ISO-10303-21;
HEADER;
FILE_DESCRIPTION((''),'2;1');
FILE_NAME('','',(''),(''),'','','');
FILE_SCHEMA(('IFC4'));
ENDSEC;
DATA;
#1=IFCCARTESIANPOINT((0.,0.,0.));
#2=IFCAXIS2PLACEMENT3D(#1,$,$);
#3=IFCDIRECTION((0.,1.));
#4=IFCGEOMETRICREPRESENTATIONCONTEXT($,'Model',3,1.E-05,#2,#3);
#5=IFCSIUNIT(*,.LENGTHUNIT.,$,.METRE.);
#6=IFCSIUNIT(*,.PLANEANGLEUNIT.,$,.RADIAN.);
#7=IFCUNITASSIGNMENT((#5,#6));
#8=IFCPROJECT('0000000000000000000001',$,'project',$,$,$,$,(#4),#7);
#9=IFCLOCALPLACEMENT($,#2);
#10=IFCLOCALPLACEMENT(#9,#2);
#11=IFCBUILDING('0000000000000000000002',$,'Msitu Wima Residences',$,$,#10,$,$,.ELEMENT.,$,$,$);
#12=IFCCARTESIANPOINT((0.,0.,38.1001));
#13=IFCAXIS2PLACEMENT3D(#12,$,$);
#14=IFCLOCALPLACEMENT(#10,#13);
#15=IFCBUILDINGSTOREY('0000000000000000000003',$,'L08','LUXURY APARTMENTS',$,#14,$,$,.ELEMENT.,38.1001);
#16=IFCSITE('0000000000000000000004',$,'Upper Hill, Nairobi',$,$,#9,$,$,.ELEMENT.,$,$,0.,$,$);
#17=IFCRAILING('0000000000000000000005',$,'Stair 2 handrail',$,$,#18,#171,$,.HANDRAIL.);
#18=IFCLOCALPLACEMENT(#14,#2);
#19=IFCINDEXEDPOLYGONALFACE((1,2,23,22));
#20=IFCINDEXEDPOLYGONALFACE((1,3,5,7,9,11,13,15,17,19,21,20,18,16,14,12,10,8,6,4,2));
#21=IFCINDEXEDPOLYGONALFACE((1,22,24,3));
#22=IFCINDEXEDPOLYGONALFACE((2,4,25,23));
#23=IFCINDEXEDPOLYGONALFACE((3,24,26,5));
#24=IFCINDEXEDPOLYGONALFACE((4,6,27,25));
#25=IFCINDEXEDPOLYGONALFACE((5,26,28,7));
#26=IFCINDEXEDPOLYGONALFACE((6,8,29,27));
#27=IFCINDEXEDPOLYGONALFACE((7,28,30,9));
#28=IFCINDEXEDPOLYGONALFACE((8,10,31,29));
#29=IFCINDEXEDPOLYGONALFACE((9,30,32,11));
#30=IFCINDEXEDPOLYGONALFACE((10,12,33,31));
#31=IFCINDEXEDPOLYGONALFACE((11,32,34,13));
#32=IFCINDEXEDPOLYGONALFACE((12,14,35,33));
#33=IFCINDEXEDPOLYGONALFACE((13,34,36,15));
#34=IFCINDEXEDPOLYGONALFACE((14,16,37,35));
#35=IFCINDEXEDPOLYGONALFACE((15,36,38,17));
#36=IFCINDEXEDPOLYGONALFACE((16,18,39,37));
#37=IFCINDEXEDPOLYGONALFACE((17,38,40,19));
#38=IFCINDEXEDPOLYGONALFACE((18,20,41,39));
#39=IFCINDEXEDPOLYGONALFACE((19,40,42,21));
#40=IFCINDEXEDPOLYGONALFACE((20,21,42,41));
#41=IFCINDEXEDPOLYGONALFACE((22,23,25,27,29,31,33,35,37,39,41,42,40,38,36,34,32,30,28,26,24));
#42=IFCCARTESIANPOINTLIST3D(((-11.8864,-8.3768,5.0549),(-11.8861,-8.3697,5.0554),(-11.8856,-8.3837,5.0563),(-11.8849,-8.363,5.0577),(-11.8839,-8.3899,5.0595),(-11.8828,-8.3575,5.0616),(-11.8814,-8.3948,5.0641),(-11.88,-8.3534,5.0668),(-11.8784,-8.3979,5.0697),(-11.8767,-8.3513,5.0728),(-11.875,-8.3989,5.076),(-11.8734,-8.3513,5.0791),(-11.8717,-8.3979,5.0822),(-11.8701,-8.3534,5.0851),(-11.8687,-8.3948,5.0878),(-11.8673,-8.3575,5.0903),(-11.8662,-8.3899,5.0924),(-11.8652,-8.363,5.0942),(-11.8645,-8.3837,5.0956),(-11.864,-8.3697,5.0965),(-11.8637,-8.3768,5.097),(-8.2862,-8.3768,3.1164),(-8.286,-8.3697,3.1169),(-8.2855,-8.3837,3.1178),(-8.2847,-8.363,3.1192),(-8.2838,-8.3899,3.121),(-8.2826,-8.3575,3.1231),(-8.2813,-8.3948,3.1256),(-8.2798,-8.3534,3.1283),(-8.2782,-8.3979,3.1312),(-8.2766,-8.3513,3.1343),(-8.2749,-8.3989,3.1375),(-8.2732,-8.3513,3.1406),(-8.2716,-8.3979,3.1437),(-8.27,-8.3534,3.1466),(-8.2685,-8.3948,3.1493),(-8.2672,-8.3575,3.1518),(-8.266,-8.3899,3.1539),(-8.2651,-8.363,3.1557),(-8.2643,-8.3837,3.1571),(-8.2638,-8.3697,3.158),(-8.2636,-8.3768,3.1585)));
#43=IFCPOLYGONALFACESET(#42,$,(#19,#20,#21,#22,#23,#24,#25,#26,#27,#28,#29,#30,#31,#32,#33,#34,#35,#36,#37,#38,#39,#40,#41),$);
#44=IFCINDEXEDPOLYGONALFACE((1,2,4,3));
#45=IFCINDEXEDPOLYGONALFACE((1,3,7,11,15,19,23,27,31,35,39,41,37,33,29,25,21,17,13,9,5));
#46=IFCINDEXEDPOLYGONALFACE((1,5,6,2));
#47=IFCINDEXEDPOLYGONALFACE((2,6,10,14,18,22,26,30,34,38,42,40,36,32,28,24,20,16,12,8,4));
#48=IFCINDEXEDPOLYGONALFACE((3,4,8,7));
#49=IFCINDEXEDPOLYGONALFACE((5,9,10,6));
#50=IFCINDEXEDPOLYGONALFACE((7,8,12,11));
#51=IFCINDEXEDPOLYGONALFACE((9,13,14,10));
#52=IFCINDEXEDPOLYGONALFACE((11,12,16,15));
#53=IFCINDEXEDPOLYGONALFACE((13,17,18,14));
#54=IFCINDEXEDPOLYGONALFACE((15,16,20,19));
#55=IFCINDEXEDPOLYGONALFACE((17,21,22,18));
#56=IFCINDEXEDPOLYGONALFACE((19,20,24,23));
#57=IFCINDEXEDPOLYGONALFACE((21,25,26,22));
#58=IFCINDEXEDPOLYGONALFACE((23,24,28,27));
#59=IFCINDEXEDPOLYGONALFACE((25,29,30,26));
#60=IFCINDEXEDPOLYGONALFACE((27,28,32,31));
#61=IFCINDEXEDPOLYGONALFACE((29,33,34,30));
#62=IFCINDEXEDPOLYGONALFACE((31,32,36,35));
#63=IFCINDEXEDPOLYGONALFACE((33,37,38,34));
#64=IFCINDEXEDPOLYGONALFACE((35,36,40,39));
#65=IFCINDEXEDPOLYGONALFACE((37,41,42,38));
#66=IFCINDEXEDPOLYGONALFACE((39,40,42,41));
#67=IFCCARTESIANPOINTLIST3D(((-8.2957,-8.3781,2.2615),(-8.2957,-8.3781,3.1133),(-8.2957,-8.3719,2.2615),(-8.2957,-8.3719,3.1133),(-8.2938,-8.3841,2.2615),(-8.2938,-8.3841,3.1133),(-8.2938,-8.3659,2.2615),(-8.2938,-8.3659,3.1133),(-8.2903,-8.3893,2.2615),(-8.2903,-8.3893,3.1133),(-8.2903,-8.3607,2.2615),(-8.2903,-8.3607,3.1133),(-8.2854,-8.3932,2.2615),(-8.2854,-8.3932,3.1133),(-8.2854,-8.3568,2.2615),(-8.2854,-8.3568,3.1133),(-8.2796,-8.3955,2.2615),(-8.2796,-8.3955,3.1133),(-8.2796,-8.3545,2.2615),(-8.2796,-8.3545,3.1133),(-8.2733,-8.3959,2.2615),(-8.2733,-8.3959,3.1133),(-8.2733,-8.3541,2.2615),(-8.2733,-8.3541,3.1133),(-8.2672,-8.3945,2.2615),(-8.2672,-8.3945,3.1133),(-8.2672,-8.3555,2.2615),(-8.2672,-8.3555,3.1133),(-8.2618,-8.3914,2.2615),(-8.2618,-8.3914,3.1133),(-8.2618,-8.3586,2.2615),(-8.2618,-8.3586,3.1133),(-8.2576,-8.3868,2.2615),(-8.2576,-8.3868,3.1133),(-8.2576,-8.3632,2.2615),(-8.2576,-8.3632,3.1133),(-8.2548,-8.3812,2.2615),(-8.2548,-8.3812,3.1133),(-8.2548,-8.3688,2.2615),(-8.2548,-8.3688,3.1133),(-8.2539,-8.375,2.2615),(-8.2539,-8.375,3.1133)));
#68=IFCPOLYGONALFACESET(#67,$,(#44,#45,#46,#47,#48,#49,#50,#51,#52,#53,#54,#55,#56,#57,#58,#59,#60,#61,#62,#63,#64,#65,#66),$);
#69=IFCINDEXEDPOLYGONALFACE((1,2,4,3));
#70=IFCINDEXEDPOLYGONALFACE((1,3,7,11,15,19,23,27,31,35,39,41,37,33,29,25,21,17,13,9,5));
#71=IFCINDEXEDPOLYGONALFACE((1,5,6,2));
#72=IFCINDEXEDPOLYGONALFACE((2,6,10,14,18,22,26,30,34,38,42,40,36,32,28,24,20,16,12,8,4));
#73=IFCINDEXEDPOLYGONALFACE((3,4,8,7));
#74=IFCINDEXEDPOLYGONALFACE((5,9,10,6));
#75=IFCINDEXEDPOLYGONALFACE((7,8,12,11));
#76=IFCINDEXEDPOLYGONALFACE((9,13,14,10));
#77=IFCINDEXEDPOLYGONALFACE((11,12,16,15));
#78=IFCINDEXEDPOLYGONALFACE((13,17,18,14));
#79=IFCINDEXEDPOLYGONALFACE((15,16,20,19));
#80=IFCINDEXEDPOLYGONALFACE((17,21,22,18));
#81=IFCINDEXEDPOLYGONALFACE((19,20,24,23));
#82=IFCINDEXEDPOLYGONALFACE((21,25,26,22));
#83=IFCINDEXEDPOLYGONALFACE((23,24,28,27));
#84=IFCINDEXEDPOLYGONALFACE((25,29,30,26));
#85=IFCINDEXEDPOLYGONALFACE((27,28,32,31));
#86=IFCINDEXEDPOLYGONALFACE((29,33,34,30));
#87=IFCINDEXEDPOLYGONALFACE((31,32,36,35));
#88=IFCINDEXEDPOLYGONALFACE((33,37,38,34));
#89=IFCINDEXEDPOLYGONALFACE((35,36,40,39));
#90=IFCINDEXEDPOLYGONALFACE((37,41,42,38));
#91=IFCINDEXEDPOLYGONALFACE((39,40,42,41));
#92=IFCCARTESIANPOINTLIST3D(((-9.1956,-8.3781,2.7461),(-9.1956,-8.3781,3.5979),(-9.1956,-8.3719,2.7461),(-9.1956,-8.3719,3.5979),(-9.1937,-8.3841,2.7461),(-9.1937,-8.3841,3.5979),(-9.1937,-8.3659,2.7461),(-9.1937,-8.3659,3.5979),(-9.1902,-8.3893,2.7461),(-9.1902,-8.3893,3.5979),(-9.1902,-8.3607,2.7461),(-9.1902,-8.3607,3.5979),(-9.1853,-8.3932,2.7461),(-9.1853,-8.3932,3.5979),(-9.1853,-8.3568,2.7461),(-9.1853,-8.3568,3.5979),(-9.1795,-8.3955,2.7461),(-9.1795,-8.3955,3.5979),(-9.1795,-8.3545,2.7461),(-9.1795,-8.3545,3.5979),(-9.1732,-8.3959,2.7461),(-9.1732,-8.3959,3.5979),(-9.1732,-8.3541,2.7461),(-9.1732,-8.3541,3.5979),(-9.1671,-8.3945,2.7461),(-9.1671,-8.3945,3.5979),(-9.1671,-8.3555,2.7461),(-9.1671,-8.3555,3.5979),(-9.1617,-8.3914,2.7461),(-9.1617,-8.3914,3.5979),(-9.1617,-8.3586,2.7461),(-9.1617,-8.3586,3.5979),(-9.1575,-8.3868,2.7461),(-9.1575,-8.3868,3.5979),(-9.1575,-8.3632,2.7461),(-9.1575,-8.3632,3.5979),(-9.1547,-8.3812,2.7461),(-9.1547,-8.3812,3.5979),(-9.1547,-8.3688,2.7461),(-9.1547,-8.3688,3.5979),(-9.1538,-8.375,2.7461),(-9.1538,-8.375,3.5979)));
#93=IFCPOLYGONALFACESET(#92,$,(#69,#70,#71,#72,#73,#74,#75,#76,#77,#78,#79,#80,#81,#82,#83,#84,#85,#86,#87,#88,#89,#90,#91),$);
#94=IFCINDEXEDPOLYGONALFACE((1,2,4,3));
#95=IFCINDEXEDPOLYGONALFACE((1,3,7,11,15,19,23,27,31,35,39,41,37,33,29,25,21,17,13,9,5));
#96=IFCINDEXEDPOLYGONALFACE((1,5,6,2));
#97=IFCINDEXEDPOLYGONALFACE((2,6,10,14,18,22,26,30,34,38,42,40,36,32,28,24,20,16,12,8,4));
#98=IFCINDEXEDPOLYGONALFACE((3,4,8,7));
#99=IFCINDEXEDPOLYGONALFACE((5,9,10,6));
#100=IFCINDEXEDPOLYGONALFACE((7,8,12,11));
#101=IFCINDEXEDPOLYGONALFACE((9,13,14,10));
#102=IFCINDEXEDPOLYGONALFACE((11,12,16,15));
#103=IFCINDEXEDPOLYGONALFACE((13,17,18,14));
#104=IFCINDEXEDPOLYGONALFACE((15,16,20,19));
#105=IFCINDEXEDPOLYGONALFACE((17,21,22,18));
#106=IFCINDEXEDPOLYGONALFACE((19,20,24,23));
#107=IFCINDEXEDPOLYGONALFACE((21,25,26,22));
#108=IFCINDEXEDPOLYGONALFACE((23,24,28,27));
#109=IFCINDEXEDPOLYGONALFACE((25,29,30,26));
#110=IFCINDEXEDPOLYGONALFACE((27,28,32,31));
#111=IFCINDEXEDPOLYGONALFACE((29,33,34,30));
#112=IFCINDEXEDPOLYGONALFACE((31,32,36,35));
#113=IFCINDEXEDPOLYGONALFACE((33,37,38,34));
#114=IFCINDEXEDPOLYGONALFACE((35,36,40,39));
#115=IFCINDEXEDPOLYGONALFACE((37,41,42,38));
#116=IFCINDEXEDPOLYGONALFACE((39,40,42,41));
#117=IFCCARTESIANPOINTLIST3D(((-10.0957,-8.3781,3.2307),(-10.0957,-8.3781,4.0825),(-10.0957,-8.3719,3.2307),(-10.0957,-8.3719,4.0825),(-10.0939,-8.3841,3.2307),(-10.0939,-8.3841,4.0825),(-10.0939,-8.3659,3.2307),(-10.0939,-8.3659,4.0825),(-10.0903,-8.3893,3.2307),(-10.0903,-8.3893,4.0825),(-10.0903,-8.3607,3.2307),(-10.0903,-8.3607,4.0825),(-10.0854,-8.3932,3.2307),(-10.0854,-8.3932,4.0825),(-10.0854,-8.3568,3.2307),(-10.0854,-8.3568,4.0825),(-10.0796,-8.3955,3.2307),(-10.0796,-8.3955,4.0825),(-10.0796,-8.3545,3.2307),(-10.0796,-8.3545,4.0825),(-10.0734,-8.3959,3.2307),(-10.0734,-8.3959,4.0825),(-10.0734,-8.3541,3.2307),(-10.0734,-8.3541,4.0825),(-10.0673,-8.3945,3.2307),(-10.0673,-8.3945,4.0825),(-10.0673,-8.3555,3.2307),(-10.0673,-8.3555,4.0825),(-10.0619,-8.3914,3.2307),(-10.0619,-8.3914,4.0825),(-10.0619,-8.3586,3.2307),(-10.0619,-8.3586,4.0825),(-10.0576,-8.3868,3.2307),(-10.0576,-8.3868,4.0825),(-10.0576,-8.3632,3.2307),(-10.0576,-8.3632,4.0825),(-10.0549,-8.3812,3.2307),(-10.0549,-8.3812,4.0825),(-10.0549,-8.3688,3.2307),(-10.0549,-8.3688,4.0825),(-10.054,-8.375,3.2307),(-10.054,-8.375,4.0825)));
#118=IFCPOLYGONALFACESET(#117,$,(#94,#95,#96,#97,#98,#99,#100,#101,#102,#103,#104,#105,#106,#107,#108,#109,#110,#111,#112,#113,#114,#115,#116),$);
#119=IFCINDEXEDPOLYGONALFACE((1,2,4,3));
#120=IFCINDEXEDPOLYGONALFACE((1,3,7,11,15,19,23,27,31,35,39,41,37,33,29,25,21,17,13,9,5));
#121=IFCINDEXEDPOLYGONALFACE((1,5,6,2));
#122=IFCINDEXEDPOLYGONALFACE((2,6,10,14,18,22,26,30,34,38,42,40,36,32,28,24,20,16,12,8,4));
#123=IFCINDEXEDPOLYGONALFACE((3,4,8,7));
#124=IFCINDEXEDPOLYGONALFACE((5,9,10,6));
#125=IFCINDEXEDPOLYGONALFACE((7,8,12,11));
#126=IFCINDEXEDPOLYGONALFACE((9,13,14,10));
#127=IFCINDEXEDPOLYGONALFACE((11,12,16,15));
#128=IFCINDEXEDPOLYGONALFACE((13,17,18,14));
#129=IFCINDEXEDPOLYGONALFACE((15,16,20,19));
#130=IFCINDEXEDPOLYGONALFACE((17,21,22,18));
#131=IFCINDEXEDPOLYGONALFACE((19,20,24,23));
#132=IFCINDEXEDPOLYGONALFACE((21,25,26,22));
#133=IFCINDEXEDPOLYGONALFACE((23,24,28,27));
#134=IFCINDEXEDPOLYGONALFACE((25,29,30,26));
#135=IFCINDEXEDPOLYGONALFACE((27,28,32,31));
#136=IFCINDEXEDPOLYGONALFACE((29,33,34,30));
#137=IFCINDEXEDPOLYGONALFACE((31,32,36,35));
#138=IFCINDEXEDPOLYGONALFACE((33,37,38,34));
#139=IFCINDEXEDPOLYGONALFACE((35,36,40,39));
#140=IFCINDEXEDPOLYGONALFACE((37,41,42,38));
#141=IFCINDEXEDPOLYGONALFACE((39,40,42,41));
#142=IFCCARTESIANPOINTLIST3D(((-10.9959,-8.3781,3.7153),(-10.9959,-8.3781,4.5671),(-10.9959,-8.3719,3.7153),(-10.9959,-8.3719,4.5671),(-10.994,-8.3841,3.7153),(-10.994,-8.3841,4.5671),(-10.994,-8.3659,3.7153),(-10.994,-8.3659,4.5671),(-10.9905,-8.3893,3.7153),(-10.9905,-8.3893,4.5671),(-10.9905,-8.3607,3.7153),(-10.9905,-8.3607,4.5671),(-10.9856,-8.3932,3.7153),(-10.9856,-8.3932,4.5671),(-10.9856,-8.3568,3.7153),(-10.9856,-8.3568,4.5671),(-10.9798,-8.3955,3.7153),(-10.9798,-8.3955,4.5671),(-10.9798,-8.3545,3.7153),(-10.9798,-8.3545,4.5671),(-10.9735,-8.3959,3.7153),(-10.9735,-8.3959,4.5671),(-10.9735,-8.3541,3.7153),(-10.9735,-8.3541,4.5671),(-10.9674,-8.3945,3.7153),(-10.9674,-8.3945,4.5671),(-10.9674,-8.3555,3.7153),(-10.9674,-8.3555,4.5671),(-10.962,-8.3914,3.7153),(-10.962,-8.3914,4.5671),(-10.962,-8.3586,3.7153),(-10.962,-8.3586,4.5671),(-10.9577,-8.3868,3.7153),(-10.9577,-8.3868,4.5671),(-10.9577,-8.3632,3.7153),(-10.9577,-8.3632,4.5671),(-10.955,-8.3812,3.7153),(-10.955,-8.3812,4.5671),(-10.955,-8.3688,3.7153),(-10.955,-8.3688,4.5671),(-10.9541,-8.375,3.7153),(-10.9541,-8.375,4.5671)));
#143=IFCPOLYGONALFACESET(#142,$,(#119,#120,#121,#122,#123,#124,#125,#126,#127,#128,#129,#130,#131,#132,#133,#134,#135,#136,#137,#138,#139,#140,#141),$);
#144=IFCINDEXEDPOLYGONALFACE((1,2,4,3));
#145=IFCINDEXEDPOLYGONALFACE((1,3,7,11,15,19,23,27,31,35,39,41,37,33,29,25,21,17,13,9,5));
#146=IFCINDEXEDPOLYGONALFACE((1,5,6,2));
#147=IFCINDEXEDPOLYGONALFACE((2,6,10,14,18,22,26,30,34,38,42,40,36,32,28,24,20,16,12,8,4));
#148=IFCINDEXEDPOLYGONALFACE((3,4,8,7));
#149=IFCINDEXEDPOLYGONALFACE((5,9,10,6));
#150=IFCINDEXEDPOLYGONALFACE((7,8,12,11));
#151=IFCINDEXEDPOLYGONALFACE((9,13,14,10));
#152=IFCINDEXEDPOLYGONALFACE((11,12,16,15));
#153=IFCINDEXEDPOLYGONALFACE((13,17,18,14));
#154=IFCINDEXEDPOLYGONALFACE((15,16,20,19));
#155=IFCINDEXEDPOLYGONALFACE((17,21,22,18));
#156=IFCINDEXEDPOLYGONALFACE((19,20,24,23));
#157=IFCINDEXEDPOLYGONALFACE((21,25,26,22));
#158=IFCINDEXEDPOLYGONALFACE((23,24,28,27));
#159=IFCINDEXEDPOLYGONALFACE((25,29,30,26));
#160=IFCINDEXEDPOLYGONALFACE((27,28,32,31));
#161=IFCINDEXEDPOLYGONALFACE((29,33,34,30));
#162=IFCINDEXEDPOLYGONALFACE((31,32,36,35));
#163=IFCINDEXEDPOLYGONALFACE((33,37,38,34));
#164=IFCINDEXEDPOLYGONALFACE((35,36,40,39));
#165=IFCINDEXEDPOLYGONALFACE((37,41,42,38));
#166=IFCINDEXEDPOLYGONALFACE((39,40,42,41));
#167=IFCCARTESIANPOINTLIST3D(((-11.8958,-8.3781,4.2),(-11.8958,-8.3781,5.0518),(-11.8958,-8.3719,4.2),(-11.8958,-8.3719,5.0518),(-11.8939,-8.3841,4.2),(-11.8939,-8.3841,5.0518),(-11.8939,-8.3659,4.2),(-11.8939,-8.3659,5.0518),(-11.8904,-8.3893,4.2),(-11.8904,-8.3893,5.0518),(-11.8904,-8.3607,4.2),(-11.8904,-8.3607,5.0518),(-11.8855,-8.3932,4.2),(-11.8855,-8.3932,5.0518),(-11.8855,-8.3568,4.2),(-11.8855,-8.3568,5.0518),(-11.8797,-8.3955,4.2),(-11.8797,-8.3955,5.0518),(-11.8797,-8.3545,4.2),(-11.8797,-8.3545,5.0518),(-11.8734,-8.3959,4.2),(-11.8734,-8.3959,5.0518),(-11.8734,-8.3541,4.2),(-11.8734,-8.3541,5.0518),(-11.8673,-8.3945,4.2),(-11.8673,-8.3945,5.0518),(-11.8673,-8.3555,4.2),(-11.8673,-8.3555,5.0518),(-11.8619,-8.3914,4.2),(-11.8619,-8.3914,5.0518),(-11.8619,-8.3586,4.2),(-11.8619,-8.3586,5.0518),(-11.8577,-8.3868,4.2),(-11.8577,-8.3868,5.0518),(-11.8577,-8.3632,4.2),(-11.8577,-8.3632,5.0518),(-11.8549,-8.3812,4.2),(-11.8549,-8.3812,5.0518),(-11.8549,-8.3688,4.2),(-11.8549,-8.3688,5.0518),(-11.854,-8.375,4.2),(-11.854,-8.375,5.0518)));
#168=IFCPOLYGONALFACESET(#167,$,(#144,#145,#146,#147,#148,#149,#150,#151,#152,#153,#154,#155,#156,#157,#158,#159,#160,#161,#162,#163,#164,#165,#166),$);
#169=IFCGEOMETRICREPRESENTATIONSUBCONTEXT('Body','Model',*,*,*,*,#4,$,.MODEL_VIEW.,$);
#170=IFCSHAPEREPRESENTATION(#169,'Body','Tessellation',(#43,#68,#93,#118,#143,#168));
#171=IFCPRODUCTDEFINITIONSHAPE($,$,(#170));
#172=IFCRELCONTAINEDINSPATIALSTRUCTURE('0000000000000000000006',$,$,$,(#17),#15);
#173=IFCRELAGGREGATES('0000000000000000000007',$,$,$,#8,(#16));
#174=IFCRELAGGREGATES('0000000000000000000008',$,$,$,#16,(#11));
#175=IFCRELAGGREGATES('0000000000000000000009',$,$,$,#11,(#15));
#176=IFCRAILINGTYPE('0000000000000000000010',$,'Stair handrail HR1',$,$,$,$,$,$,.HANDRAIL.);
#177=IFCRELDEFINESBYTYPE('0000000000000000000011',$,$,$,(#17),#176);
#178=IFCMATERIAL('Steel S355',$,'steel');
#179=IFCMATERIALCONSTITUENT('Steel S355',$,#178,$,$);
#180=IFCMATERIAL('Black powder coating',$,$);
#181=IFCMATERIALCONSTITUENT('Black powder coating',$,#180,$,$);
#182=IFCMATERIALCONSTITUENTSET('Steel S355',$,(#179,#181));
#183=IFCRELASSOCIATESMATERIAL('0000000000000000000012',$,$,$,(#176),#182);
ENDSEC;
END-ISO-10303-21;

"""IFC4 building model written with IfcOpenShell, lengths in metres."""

from ifc_helpers import new_model, si_unit, direction, frame, origin, origin_2d, place, context, subcontext, project, spatial, circle, extrude, material, constituent, constituent_set, type_object, element, save


model = new_model("IFC4")

# Units and contexts
model_context = context("Model", 3, precision=1e-05, world=origin(), true_north=direction((0.0, 1.0)))
body_context = subcontext(model_context, "Body", "Model", "MODEL_VIEW")
ifc_project = project(units=[si_unit("LENGTHUNIT", "METRE"), si_unit("PLANEANGLEUNIT", "RADIAN")], contexts=[model_context])

# Site, building, storey
site_placement = place(None, origin())
site = spatial("IfcSite", under=ifc_project, at=site_placement, Name="Upper Hill, Nairobi", CompositionType="ELEMENT", RefElevation=0.0)
building_placement = place(site_placement, origin())
building = spatial("IfcBuilding", under=site, at=building_placement, Name="Msitu Wima Residences", CompositionType="ELEMENT")
storey_placement = place(building_placement, frame((0.0, 0.0, 38.1001)))
storey = spatial("IfcBuildingStorey", under=building, at=storey_placement, Name="L08", Description="LUXURY APARTMENTS", CompositionType="ELEMENT", Elevation=38.1001)

# Railing
ifc_material_1 = material(Name="Steel S355", Category="steel")
ifc_constituent_1 = constituent(ifc_material_1, Name="Steel S355")
ifc_material_2 = material(Name="Black powder coating")
ifc_constituent_2 = constituent(ifc_material_2, Name="Black powder coating")
ifc_constituent_set = constituent_set(constituents=[ifc_constituent_1, ifc_constituent_2], Name="Steel S355")
railing_type = type_object("IfcRailingType", Name="Stair handrail HR1", PredefinedType="HANDRAIL", material=ifc_constituent_set)
for number, where, name in (
    (1, (-8.2749, -8.375, 2.2615), "Stair 2 handrail"),
):
    element("IfcRailing", number, at=place(storey_placement, frame(where)), inside=storey, type_object=railing_type, Name=name, PredefinedType="HANDRAIL", context=body_context, shape_type="SweptSolid", body=[
        extrude(circle(Radius=0.0239, at=origin_2d()), frame((0.0, 0.0, 0.876), z_axis=(-0.880475, 0.0, 0.474093), x_axis=(0.0, -1.0, 0.0)), (0.0, 0.0, 1.0), 4.0889),
        extrude(circle(Radius=0.021, at=origin_2d()), origin(), (0.0, 0.0, 1.0), 0.8518),
        extrude(circle(Radius=0.021, at=origin_2d()), frame((-0.8999, 0.0, 0.4846)), (0.0, 0.0, 1.0), 0.8518),
        extrude(circle(Radius=0.021, at=origin_2d()), frame((-1.8, 0.0, 0.9692)), (0.0, 0.0, 1.0), 0.8518),
        extrude(circle(Radius=0.021, at=origin_2d()), frame((-2.7002, 0.0, 1.4539)), (0.0, 0.0, 1.0), 0.8518),
        extrude(circle(Radius=0.021, at=origin_2d()), frame((-3.6001, 0.0, 1.9385)), (0.0, 0.0, 1.0), 0.8518),
    ])

save(model, "model.ifc")
